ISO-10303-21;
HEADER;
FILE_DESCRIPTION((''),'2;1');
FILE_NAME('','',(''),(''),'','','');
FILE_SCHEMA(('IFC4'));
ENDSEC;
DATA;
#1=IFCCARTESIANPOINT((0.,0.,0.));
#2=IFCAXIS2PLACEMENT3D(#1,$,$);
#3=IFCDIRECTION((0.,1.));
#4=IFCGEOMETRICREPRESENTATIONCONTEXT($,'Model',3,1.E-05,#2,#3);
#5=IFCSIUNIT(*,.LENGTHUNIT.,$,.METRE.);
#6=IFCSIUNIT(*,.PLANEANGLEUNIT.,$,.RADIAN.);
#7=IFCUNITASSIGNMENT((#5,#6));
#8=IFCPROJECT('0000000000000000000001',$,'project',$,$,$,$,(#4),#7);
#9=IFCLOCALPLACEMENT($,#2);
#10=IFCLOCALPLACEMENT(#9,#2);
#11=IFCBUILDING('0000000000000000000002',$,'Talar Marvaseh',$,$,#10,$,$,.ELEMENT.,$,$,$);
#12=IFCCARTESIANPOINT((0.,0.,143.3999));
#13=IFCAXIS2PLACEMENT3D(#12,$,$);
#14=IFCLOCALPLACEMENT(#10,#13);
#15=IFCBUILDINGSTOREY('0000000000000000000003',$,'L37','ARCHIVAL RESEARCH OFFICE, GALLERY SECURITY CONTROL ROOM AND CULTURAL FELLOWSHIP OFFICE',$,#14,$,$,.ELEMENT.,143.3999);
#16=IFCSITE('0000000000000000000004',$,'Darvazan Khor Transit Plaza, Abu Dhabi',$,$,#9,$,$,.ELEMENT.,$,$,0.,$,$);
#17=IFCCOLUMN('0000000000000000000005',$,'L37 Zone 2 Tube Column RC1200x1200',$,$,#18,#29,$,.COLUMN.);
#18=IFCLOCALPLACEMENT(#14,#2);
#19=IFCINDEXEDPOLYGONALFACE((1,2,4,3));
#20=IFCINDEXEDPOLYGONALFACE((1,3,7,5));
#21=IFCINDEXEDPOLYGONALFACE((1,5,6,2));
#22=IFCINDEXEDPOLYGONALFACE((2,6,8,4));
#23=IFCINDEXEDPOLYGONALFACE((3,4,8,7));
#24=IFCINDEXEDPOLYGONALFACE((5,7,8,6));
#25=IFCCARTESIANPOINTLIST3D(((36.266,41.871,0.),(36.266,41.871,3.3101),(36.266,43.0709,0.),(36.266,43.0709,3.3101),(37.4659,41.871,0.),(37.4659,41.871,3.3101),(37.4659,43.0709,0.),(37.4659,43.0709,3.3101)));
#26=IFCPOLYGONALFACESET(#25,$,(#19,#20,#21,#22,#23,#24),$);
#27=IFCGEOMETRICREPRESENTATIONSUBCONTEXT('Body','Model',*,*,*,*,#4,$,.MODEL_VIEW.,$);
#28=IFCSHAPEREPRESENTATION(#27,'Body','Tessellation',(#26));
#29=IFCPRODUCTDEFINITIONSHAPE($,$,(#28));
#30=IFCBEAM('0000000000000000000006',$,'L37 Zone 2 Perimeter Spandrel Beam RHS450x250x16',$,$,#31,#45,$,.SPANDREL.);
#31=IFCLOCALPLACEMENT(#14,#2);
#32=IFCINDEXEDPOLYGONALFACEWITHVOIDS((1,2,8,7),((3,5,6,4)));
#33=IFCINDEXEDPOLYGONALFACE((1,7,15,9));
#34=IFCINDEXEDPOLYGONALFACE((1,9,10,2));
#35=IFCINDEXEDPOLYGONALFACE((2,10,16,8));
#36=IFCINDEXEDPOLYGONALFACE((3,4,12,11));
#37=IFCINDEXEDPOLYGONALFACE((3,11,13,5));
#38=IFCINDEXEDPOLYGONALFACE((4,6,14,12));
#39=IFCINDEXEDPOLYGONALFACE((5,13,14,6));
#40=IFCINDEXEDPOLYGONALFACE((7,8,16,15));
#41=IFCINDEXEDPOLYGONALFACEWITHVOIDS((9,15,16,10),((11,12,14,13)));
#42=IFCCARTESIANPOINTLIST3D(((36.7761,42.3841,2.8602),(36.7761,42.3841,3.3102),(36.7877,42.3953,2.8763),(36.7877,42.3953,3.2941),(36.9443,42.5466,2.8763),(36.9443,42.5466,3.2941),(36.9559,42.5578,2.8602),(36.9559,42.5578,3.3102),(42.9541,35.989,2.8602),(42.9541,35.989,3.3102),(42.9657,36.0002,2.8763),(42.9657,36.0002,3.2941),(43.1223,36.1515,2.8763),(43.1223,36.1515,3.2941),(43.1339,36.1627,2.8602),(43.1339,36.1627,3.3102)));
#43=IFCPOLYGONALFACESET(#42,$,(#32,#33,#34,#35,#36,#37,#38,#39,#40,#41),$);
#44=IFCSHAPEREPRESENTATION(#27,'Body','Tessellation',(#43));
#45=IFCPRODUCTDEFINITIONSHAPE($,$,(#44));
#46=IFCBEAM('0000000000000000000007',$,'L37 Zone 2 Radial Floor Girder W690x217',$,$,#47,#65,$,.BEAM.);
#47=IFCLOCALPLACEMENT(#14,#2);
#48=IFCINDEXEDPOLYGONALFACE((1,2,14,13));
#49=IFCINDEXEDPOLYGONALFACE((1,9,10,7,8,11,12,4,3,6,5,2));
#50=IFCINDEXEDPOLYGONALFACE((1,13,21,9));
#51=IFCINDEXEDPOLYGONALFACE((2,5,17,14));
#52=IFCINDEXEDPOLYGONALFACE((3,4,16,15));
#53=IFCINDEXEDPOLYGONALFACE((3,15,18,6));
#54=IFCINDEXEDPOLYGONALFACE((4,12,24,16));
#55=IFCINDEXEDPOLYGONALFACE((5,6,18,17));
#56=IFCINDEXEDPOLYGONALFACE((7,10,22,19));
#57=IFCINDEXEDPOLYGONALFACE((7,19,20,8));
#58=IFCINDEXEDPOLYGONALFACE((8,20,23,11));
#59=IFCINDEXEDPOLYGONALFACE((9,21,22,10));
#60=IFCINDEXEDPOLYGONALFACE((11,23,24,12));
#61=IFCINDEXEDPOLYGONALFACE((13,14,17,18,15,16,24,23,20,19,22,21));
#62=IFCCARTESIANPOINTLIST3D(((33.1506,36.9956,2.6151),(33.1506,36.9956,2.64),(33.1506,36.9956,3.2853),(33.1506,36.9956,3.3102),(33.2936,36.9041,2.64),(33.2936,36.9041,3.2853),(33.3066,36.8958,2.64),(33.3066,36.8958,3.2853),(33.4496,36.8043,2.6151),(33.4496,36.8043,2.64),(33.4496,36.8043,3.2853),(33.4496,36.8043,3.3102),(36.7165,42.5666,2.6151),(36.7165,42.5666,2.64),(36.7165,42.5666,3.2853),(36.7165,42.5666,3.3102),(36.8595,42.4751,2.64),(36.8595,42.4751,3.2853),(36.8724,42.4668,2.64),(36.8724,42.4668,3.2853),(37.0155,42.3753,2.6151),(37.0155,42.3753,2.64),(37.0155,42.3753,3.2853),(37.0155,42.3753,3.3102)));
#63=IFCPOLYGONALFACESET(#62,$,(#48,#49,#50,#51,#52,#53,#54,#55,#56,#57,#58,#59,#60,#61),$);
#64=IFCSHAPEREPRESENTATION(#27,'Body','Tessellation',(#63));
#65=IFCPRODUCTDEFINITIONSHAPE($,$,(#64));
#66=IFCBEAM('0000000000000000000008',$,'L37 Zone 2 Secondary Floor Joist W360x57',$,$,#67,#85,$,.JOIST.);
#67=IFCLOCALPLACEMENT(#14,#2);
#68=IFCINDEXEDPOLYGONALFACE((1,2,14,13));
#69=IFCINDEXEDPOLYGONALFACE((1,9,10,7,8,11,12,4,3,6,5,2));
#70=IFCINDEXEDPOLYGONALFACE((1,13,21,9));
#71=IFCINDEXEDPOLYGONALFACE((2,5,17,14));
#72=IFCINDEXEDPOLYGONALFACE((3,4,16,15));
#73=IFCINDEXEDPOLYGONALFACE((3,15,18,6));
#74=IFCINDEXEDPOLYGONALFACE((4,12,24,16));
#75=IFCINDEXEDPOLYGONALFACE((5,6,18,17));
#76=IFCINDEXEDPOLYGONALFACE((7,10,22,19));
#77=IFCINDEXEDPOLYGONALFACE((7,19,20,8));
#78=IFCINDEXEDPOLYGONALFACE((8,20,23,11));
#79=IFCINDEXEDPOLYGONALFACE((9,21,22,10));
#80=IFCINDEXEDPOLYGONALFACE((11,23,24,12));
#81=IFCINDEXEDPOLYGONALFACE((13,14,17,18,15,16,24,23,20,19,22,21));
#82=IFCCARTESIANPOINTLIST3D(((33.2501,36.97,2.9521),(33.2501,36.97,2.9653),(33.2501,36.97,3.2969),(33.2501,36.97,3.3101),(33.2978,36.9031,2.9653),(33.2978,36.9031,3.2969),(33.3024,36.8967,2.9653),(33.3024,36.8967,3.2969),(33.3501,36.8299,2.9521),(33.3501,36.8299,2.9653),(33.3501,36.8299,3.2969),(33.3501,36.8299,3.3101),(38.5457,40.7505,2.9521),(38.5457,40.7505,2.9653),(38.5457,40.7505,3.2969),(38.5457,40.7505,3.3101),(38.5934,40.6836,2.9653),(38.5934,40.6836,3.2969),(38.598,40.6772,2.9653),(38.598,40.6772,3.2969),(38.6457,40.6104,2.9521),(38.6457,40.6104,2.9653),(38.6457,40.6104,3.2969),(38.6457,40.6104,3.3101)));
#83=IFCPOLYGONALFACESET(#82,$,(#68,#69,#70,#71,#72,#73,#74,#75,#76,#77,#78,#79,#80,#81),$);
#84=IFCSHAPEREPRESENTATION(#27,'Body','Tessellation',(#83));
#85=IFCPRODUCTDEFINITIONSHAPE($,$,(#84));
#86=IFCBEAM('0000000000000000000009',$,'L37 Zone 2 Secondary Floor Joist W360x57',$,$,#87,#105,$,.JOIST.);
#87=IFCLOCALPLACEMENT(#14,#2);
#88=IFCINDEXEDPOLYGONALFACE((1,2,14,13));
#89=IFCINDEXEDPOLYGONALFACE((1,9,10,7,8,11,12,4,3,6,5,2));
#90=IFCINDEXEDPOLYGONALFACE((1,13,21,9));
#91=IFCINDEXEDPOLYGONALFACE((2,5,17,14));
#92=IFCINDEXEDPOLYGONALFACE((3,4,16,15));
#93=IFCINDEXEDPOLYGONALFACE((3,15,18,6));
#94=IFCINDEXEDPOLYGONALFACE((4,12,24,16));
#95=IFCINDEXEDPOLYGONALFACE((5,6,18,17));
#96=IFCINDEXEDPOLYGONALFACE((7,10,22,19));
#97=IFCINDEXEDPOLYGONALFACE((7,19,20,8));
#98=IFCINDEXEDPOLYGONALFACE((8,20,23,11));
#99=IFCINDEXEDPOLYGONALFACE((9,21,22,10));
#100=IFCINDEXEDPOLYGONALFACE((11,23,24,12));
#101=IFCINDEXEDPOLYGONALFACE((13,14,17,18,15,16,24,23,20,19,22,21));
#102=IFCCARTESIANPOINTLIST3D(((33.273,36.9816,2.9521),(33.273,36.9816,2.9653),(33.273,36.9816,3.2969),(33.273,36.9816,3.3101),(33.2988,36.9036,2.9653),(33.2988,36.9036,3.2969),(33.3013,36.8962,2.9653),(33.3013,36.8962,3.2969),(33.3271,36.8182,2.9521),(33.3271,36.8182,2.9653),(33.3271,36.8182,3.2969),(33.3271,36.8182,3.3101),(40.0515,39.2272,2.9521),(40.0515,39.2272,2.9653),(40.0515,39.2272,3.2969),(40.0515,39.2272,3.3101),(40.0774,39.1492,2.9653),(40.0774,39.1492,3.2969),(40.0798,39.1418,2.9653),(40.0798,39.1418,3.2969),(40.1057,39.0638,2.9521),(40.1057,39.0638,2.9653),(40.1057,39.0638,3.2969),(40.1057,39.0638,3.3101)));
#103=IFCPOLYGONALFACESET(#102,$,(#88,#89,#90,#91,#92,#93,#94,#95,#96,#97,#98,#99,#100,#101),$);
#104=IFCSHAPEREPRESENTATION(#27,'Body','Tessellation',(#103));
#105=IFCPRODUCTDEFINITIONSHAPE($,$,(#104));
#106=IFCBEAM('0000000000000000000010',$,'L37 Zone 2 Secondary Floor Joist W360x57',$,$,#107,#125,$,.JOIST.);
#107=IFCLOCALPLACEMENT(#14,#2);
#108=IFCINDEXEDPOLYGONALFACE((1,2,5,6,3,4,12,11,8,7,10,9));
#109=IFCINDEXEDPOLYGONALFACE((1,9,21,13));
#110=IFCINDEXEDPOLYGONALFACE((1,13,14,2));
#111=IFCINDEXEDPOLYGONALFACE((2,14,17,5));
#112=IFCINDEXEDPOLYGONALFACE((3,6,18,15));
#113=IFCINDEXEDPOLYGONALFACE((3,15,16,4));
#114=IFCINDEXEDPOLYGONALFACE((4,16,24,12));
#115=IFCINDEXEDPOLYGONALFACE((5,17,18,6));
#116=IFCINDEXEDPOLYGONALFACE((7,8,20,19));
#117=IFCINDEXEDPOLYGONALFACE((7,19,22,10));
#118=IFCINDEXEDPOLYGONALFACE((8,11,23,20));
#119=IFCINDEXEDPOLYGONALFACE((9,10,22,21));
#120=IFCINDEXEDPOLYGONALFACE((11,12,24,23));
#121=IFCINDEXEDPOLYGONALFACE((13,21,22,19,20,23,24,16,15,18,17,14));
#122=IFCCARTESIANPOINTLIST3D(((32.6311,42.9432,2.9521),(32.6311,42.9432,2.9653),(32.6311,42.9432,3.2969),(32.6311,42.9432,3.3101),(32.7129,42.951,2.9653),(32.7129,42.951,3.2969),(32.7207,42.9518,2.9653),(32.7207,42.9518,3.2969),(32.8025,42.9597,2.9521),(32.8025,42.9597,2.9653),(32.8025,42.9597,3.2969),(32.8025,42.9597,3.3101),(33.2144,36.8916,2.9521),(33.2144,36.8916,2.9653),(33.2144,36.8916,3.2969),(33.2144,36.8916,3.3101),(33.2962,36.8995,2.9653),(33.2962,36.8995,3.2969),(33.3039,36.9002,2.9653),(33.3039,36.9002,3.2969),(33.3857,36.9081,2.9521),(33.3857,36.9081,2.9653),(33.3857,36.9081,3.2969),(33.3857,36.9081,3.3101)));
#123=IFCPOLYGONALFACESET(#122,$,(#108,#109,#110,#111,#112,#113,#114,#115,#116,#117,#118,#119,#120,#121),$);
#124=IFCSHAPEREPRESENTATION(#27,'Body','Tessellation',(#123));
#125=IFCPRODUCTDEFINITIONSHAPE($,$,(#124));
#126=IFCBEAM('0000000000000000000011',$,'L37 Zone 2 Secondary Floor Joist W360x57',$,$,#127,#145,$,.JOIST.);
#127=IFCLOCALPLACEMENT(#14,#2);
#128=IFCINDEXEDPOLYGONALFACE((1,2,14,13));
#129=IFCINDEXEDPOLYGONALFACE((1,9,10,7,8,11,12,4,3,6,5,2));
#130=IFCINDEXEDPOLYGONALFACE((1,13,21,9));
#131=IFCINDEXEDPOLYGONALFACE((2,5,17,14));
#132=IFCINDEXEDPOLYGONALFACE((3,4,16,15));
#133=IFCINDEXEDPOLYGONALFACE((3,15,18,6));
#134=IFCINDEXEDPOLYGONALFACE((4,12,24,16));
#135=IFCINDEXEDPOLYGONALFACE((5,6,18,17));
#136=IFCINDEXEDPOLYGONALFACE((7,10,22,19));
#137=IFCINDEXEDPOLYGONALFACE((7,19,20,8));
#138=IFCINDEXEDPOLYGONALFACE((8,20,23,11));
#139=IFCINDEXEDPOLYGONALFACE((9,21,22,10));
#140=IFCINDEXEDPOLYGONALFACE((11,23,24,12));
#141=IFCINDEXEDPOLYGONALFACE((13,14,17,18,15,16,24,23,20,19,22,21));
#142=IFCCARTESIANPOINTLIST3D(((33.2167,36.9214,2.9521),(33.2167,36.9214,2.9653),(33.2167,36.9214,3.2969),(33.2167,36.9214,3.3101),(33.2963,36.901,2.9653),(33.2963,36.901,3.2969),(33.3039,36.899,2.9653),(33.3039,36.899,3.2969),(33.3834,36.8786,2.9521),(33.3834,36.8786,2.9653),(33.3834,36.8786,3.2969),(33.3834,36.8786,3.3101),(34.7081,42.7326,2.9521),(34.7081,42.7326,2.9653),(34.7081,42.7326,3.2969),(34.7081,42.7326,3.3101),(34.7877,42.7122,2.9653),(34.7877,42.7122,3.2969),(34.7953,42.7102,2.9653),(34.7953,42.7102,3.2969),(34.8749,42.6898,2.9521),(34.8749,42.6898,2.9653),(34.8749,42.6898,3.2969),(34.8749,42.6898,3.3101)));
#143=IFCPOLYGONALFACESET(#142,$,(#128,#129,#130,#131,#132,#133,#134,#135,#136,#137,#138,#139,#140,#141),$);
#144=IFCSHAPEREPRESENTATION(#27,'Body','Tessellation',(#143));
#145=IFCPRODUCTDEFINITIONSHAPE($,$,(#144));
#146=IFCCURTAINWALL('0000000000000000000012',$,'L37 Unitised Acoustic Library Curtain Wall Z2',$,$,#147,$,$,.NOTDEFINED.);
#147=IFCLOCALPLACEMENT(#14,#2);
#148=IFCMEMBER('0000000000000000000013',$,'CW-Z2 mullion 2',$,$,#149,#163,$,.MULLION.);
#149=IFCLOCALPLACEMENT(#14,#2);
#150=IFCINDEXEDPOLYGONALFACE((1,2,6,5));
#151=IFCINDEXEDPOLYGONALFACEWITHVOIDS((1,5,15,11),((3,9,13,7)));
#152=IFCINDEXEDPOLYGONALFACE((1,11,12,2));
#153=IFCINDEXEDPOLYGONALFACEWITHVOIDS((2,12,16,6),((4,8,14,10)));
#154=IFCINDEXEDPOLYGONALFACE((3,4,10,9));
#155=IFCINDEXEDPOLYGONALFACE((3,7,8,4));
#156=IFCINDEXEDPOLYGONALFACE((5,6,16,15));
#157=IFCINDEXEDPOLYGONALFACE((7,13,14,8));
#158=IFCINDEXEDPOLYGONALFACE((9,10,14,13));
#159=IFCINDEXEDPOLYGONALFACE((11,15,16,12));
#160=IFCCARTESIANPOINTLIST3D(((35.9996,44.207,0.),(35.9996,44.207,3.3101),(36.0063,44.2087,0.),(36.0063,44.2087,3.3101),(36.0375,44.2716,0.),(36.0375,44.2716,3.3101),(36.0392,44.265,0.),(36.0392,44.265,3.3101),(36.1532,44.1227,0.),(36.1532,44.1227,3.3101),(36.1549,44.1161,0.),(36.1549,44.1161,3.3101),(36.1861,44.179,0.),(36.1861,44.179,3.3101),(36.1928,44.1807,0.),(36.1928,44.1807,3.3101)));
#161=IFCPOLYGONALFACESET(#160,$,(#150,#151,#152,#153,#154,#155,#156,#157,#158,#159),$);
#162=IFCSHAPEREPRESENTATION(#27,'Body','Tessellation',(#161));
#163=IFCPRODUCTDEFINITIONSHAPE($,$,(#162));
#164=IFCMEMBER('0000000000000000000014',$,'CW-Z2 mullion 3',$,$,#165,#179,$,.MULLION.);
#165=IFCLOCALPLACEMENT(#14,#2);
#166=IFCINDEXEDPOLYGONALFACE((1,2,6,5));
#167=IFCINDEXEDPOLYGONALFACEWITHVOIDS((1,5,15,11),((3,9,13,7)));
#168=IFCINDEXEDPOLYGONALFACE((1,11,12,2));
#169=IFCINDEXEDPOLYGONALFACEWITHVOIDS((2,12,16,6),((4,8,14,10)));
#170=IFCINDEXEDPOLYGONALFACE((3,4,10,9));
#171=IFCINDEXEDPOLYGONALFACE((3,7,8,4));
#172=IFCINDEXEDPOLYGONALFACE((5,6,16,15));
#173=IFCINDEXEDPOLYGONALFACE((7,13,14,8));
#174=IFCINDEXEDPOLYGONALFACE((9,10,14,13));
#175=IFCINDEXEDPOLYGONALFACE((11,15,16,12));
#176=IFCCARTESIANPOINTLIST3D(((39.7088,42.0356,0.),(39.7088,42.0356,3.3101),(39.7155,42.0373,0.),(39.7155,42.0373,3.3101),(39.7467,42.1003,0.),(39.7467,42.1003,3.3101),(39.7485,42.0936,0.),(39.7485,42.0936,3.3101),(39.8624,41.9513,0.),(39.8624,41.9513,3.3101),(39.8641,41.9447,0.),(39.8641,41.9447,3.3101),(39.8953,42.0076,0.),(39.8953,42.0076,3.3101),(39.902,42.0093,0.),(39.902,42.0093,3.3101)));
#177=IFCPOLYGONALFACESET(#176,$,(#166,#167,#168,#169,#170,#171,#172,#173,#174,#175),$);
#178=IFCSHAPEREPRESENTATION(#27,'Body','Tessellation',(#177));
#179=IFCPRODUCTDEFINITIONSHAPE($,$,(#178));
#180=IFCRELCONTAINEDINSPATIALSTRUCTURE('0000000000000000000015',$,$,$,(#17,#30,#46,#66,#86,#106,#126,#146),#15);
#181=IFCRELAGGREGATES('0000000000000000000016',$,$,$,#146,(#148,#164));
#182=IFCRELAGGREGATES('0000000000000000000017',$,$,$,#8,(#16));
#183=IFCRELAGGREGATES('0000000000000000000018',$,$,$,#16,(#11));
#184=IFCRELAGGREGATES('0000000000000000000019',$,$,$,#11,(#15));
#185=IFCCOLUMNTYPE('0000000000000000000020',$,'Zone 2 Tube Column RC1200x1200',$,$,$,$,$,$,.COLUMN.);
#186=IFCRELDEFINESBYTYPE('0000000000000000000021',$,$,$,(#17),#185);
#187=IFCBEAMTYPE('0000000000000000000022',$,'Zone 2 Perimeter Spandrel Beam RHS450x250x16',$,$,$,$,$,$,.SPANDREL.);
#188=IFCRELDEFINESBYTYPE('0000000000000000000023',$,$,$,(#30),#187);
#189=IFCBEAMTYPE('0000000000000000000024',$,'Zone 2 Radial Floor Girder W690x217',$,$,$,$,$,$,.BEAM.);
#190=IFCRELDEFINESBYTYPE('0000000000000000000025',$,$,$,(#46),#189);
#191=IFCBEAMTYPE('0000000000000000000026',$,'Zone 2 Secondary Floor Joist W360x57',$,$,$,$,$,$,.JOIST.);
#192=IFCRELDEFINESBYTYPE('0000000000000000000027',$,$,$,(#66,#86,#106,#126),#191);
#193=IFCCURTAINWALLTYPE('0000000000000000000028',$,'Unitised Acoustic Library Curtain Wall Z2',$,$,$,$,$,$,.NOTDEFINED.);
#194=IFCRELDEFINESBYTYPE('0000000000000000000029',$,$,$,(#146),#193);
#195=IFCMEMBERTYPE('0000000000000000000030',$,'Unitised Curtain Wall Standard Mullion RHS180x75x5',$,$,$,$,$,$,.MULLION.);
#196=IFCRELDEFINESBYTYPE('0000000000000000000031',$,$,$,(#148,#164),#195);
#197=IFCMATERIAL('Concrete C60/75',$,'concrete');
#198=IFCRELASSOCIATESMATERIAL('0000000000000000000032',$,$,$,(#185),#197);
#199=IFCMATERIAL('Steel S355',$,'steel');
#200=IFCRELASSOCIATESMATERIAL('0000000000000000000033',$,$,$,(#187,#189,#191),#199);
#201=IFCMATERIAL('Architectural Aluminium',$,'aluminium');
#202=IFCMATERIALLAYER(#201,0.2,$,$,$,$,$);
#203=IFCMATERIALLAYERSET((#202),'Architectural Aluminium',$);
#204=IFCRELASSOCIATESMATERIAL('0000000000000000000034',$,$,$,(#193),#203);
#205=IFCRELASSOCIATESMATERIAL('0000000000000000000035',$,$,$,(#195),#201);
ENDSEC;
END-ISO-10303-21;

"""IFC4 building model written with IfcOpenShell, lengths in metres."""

from ifc_helpers import new_model, si_unit, direction, frame, origin, origin_2d, place, context, subcontext, project, spatial, rectangle, hollow_rectangle, i_section, extrude, source, transform, mapped, material, layer, layer_set, material_profile, profile_set, type_object, type_shapes, element, aggregate, save


model = new_model("IFC4")

# Units and contexts
model_context = context("Model", 3, precision=1e-05, world=origin(), true_north=direction((0.0, 1.0)))
body_context = subcontext(model_context, "Body", "Model", "MODEL_VIEW")
ifc_project = project(units=[si_unit("LENGTHUNIT", "METRE"), si_unit("PLANEANGLEUNIT", "RADIAN")], contexts=[model_context])

# Site, building, storey
site_placement = place(None, origin())
site = spatial("IfcSite", under=ifc_project, at=site_placement, Name="Darvazan Khor Transit Plaza, Abu Dhabi", CompositionType="ELEMENT", RefElevation=0.0)
building_placement = place(site_placement, origin())
building = spatial("IfcBuilding", under=site, at=building_placement, Name="Talar Marvaseh", CompositionType="ELEMENT")
storey_placement = place(building_placement, frame((0.0, 0.0, 143.3999)))
storey = spatial("IfcBuildingStorey", under=building, at=storey_placement, Name="L37", Description="ARCHIVAL RESEARCH OFFICE, GALLERY SECURITY CONTROL ROOM AND CULTURAL FELLOWSHIP OFFICE", CompositionType="ELEMENT", Elevation=143.3999)

# Column
ifc_material_1 = material(Name="Concrete C60/75", Category="concrete")
ifc_material_profile_1 = material_profile(ifc_material_1, rectangle(XDim=1.2, YDim=1.2, at=origin_2d()), Name="RC1200x1200")
ifc_profile_set_1 = profile_set([ifc_material_profile_1], Name="Concrete C60/75")
column_type = type_object("IfcColumnType", Name="Zone 2 Tube Column RC1200x1200", PredefinedType="COLUMN", material=ifc_profile_set_1)
column_placement = place(storey_placement, frame((36.866, 42.4709, 0.0), z_axis=(0.0, 0.0, 1.0), x_axis=(1.0, 0.0, 0.0)))
element("IfcColumn", 1, at=column_placement, inside=storey, type_object=column_type, Name="L37 Zone 2 Tube Column RC1200x1200", PredefinedType="COLUMN", context=body_context, shape_type="SweptSolid", body=[
    extrude(rectangle(XDim=1.2, YDim=1.2, at=origin_2d()), origin(), (0.0, 0.0, 1.0), 3.3101),
])

# Beams
ifc_material_2 = material(Name="Steel S355", Category="steel")
ifc_material_profile_2 = material_profile(ifc_material_2, hollow_rectangle(XDim=0.25, YDim=0.45, WallThickness=0.0161, at=origin_2d()), Name="RHS450x250x16")
ifc_profile_set_2 = profile_set([ifc_material_profile_2], Name="Steel S355")
beam_type_1 = type_object("IfcBeamType", Name="Zone 2 Perimeter Spandrel Beam RHS450x250x16", PredefinedType="SPANDREL", material=ifc_profile_set_2)
beam_1_placement = place(storey_placement, frame((36.866, 42.4709, 3.0852), z_axis=(0.694797, -0.719206, 0.0), x_axis=(0.719206, 0.694797, 0.0)))
element("IfcBeam", 2, at=beam_1_placement, inside=storey, type_object=beam_type_1, Name="L37 Zone 2 Perimeter Spandrel Beam RHS450x250x16", PredefinedType="SPANDREL", context=body_context, shape_type="SweptSolid", body=[
    extrude(hollow_rectangle(XDim=0.25, YDim=0.45, WallThickness=0.0161, at=origin_2d()), origin(), (0.0, 0.0, 1.0), 8.8918),
])
ifc_material_profile_3 = material_profile(ifc_material_2, i_section(OverallWidth=0.355, OverallDepth=0.6951, WebThickness=0.0154, FlangeThickness=0.0249, at=origin_2d()), Name="W690x217")
ifc_profile_set_3 = profile_set([ifc_material_profile_3], Name="Steel S355")
beam_type_2 = type_object("IfcBeamType", Name="Zone 2 Radial Floor Girder W690x217", PredefinedType="BEAM", material=ifc_profile_set_3)
beam_2_placement = place(storey_placement, frame((36.866, 42.4709, 2.9626), z_axis=(-0.539102, -0.842241, 0.0), x_axis=(0.842241, -0.539102, 0.0)))
element("IfcBeam", 3, at=beam_2_placement, inside=storey, type_object=beam_type_2, Name="L37 Zone 2 Radial Floor Girder W690x217", PredefinedType="BEAM", context=body_context, shape_type="SweptSolid", body=[
    extrude(i_section(OverallWidth=0.355, OverallDepth=0.6951, WebThickness=0.0154, FlangeThickness=0.0249, at=origin_2d()), origin(), (0.0, 0.0, 1.0), 6.6145),
])
ifc_material_profile_4 = material_profile(ifc_material_2, i_section(OverallWidth=0.1721, OverallDepth=0.3579, WebThickness=0.0078, FlangeThickness=0.0132, at=origin_2d()), Name="W360x57")
ifc_profile_set_4 = profile_set([ifc_material_profile_4], Name="Steel S355")
beam_type_3 = type_object("IfcBeamType", Name="Zone 2 Secondary Floor Joist W360x57", PredefinedType="JOIST", material=ifc_profile_set_4)
beam_3_placement = place(storey_placement, frame((38.5957, 40.6804, 3.1311), z_axis=(-0.813886, -0.581025, 0.0), x_axis=(0.581025, -0.813886, 0.0)))
element("IfcBeam", 4, at=beam_3_placement, inside=storey, type_object=beam_type_3, Name="L37 Zone 2 Secondary Floor Joist W360x57", PredefinedType="JOIST", context=body_context, shape_type="SweptSolid", body=[
    extrude(i_section(OverallWidth=0.1721, OverallDepth=0.3579, WebThickness=0.0078, FlangeThickness=0.0132, at=origin_2d()), origin(), (0.0, 0.0, 1.0), 6.5066),
])
beam_4_placement = place(storey_placement, frame((40.0786, 39.1455, 3.1311), z_axis=(-0.949266, -0.314473, 0.0), x_axis=(0.314473, -0.949266, 0.0)))
element("IfcBeam", 5, at=beam_4_placement, inside=storey, type_object=beam_type_3, Name="L37 Zone 2 Secondary Floor Joist W360x57", PredefinedType="JOIST", context=body_context, shape_type="SweptSolid", body=[
    extrude(i_section(OverallWidth=0.1721, OverallDepth=0.3579, WebThickness=0.0078, FlangeThickness=0.0132, at=origin_2d()), origin(), (0.0, 0.0, 1.0), 7.1409),
])
beam_5_placement = place(storey_placement, frame((32.7168, 42.9514, 3.1311), z_axis=(0.095937, -0.995387, 0.0), x_axis=(0.995387, 0.095937, 0.0)))
element("IfcBeam", 6, at=beam_5_placement, inside=storey, type_object=beam_type_3, Name="L37 Zone 2 Secondary Floor Joist W360x57", PredefinedType="JOIST", context=body_context, shape_type="SweptSolid", body=[
    extrude(i_section(OverallWidth=0.1721, OverallDepth=0.3579, WebThickness=0.0078, FlangeThickness=0.0132, at=origin_2d()), origin(), (0.0, 0.0, 1.0), 6.0796),
])
beam_6_placement = place(storey_placement, frame((34.7915, 42.7112, 3.1311), z_axis=(-0.248592, -0.968608, 0.0), x_axis=(0.968608, -0.248592, 0.0)))
element("IfcBeam", 7, at=beam_6_placement, inside=storey, type_object=beam_type_3, Name="L37 Zone 2 Secondary Floor Joist W360x57", PredefinedType="JOIST", context=body_context, shape_type="SweptSolid", body=[
    extrude(i_section(OverallWidth=0.1721, OverallDepth=0.3579, WebThickness=0.0078, FlangeThickness=0.0132, at=origin_2d()), origin(), (0.0, 0.0, 1.0), 5.9995),
])

# Curtain wall, members
ifc_material_3 = material(Name="Architectural Aluminium", Category="aluminium")
ifc_layer_1 = layer(ifc_material_3, 0.2)
ifc_layer_set_1 = layer_set([ifc_layer_1], Name="Architectural Aluminium")
curtain_wall_type = type_object("IfcCurtainWallType", Name="Unitised Acoustic Library Curtain Wall Z2", PredefinedType="NOTDEFINED", material=ifc_layer_set_1)
curtain_wall_placement = place(storey_placement, origin())
curtain_wall = element("IfcCurtainWall", 8, at=curtain_wall_placement, inside=storey, type_object=curtain_wall_type, Name="L37 Unitised Acoustic Library Curtain Wall Z2", PredefinedType="NOTDEFINED")
ifc_material_profile_5 = material_profile(ifc_material_3, hollow_rectangle(XDim=0.075, YDim=0.1799, WallThickness=0.0049, at=origin_2d()), Name="RHS180x75x5")
ifc_profile_set_5 = profile_set([ifc_material_profile_5], Name="Architectural Aluminium")
member_type_1 = type_object("IfcMemberType", Name="Unitised Curtain Wall Standard Mullion RHS180x75x5", PredefinedType="MULLION", material=ifc_profile_set_5)
shared_shape_1 = source(origin(), body_context, "Body", "SweptSolid", [
    extrude(hollow_rectangle(XDim=0.075, YDim=0.1799, WallThickness=0.0049, at=origin_2d()), origin(), (0.0, 0.0, 1.0), 3.3101),
])
type_shapes(member_type_1, [shared_shape_1])
member_1_placement = place(storey_placement, frame((36.0962, 44.1938, 0.0), z_axis=(0.0, 0.0, 1.0), x_axis=(0.505222, 0.862989, 0.0)))
member_1 = element("IfcMember", 9, at=member_1_placement, type_object=member_type_1, Name="CW-Z2 mullion 2", PredefinedType="MULLION", context=body_context, shape_type="MappedRepresentation", body=[
    mapped(shared_shape_1, transform((0.0, 0.0, 0.0), x_axis=(1.0, 0.0, 0.0), y_axis=(0.0, 1.0, 0.0), z_axis=(0.0, 0.0, 1.0), scale=1.0)),
])
member_2_placement = place(storey_placement, frame((39.8054, 42.0225, 0.0), z_axis=(0.0, 0.0, 1.0), x_axis=(0.505222, 0.862989, 0.0)))
member_2 = element("IfcMember", 10, at=member_2_placement, type_object=member_type_1, Name="CW-Z2 mullion 3", PredefinedType="MULLION", context=body_context, shape_type="MappedRepresentation", body=[
    mapped(shared_shape_1, transform((0.0, 0.0, 0.0), x_axis=(1.0, 0.0, 0.0), y_axis=(0.0, 1.0, 0.0), z_axis=(0.0, 0.0, 1.0), scale=1.0)),
])
aggregate(curtain_wall, [member_1, member_2])

save(model, "model.ifc")
